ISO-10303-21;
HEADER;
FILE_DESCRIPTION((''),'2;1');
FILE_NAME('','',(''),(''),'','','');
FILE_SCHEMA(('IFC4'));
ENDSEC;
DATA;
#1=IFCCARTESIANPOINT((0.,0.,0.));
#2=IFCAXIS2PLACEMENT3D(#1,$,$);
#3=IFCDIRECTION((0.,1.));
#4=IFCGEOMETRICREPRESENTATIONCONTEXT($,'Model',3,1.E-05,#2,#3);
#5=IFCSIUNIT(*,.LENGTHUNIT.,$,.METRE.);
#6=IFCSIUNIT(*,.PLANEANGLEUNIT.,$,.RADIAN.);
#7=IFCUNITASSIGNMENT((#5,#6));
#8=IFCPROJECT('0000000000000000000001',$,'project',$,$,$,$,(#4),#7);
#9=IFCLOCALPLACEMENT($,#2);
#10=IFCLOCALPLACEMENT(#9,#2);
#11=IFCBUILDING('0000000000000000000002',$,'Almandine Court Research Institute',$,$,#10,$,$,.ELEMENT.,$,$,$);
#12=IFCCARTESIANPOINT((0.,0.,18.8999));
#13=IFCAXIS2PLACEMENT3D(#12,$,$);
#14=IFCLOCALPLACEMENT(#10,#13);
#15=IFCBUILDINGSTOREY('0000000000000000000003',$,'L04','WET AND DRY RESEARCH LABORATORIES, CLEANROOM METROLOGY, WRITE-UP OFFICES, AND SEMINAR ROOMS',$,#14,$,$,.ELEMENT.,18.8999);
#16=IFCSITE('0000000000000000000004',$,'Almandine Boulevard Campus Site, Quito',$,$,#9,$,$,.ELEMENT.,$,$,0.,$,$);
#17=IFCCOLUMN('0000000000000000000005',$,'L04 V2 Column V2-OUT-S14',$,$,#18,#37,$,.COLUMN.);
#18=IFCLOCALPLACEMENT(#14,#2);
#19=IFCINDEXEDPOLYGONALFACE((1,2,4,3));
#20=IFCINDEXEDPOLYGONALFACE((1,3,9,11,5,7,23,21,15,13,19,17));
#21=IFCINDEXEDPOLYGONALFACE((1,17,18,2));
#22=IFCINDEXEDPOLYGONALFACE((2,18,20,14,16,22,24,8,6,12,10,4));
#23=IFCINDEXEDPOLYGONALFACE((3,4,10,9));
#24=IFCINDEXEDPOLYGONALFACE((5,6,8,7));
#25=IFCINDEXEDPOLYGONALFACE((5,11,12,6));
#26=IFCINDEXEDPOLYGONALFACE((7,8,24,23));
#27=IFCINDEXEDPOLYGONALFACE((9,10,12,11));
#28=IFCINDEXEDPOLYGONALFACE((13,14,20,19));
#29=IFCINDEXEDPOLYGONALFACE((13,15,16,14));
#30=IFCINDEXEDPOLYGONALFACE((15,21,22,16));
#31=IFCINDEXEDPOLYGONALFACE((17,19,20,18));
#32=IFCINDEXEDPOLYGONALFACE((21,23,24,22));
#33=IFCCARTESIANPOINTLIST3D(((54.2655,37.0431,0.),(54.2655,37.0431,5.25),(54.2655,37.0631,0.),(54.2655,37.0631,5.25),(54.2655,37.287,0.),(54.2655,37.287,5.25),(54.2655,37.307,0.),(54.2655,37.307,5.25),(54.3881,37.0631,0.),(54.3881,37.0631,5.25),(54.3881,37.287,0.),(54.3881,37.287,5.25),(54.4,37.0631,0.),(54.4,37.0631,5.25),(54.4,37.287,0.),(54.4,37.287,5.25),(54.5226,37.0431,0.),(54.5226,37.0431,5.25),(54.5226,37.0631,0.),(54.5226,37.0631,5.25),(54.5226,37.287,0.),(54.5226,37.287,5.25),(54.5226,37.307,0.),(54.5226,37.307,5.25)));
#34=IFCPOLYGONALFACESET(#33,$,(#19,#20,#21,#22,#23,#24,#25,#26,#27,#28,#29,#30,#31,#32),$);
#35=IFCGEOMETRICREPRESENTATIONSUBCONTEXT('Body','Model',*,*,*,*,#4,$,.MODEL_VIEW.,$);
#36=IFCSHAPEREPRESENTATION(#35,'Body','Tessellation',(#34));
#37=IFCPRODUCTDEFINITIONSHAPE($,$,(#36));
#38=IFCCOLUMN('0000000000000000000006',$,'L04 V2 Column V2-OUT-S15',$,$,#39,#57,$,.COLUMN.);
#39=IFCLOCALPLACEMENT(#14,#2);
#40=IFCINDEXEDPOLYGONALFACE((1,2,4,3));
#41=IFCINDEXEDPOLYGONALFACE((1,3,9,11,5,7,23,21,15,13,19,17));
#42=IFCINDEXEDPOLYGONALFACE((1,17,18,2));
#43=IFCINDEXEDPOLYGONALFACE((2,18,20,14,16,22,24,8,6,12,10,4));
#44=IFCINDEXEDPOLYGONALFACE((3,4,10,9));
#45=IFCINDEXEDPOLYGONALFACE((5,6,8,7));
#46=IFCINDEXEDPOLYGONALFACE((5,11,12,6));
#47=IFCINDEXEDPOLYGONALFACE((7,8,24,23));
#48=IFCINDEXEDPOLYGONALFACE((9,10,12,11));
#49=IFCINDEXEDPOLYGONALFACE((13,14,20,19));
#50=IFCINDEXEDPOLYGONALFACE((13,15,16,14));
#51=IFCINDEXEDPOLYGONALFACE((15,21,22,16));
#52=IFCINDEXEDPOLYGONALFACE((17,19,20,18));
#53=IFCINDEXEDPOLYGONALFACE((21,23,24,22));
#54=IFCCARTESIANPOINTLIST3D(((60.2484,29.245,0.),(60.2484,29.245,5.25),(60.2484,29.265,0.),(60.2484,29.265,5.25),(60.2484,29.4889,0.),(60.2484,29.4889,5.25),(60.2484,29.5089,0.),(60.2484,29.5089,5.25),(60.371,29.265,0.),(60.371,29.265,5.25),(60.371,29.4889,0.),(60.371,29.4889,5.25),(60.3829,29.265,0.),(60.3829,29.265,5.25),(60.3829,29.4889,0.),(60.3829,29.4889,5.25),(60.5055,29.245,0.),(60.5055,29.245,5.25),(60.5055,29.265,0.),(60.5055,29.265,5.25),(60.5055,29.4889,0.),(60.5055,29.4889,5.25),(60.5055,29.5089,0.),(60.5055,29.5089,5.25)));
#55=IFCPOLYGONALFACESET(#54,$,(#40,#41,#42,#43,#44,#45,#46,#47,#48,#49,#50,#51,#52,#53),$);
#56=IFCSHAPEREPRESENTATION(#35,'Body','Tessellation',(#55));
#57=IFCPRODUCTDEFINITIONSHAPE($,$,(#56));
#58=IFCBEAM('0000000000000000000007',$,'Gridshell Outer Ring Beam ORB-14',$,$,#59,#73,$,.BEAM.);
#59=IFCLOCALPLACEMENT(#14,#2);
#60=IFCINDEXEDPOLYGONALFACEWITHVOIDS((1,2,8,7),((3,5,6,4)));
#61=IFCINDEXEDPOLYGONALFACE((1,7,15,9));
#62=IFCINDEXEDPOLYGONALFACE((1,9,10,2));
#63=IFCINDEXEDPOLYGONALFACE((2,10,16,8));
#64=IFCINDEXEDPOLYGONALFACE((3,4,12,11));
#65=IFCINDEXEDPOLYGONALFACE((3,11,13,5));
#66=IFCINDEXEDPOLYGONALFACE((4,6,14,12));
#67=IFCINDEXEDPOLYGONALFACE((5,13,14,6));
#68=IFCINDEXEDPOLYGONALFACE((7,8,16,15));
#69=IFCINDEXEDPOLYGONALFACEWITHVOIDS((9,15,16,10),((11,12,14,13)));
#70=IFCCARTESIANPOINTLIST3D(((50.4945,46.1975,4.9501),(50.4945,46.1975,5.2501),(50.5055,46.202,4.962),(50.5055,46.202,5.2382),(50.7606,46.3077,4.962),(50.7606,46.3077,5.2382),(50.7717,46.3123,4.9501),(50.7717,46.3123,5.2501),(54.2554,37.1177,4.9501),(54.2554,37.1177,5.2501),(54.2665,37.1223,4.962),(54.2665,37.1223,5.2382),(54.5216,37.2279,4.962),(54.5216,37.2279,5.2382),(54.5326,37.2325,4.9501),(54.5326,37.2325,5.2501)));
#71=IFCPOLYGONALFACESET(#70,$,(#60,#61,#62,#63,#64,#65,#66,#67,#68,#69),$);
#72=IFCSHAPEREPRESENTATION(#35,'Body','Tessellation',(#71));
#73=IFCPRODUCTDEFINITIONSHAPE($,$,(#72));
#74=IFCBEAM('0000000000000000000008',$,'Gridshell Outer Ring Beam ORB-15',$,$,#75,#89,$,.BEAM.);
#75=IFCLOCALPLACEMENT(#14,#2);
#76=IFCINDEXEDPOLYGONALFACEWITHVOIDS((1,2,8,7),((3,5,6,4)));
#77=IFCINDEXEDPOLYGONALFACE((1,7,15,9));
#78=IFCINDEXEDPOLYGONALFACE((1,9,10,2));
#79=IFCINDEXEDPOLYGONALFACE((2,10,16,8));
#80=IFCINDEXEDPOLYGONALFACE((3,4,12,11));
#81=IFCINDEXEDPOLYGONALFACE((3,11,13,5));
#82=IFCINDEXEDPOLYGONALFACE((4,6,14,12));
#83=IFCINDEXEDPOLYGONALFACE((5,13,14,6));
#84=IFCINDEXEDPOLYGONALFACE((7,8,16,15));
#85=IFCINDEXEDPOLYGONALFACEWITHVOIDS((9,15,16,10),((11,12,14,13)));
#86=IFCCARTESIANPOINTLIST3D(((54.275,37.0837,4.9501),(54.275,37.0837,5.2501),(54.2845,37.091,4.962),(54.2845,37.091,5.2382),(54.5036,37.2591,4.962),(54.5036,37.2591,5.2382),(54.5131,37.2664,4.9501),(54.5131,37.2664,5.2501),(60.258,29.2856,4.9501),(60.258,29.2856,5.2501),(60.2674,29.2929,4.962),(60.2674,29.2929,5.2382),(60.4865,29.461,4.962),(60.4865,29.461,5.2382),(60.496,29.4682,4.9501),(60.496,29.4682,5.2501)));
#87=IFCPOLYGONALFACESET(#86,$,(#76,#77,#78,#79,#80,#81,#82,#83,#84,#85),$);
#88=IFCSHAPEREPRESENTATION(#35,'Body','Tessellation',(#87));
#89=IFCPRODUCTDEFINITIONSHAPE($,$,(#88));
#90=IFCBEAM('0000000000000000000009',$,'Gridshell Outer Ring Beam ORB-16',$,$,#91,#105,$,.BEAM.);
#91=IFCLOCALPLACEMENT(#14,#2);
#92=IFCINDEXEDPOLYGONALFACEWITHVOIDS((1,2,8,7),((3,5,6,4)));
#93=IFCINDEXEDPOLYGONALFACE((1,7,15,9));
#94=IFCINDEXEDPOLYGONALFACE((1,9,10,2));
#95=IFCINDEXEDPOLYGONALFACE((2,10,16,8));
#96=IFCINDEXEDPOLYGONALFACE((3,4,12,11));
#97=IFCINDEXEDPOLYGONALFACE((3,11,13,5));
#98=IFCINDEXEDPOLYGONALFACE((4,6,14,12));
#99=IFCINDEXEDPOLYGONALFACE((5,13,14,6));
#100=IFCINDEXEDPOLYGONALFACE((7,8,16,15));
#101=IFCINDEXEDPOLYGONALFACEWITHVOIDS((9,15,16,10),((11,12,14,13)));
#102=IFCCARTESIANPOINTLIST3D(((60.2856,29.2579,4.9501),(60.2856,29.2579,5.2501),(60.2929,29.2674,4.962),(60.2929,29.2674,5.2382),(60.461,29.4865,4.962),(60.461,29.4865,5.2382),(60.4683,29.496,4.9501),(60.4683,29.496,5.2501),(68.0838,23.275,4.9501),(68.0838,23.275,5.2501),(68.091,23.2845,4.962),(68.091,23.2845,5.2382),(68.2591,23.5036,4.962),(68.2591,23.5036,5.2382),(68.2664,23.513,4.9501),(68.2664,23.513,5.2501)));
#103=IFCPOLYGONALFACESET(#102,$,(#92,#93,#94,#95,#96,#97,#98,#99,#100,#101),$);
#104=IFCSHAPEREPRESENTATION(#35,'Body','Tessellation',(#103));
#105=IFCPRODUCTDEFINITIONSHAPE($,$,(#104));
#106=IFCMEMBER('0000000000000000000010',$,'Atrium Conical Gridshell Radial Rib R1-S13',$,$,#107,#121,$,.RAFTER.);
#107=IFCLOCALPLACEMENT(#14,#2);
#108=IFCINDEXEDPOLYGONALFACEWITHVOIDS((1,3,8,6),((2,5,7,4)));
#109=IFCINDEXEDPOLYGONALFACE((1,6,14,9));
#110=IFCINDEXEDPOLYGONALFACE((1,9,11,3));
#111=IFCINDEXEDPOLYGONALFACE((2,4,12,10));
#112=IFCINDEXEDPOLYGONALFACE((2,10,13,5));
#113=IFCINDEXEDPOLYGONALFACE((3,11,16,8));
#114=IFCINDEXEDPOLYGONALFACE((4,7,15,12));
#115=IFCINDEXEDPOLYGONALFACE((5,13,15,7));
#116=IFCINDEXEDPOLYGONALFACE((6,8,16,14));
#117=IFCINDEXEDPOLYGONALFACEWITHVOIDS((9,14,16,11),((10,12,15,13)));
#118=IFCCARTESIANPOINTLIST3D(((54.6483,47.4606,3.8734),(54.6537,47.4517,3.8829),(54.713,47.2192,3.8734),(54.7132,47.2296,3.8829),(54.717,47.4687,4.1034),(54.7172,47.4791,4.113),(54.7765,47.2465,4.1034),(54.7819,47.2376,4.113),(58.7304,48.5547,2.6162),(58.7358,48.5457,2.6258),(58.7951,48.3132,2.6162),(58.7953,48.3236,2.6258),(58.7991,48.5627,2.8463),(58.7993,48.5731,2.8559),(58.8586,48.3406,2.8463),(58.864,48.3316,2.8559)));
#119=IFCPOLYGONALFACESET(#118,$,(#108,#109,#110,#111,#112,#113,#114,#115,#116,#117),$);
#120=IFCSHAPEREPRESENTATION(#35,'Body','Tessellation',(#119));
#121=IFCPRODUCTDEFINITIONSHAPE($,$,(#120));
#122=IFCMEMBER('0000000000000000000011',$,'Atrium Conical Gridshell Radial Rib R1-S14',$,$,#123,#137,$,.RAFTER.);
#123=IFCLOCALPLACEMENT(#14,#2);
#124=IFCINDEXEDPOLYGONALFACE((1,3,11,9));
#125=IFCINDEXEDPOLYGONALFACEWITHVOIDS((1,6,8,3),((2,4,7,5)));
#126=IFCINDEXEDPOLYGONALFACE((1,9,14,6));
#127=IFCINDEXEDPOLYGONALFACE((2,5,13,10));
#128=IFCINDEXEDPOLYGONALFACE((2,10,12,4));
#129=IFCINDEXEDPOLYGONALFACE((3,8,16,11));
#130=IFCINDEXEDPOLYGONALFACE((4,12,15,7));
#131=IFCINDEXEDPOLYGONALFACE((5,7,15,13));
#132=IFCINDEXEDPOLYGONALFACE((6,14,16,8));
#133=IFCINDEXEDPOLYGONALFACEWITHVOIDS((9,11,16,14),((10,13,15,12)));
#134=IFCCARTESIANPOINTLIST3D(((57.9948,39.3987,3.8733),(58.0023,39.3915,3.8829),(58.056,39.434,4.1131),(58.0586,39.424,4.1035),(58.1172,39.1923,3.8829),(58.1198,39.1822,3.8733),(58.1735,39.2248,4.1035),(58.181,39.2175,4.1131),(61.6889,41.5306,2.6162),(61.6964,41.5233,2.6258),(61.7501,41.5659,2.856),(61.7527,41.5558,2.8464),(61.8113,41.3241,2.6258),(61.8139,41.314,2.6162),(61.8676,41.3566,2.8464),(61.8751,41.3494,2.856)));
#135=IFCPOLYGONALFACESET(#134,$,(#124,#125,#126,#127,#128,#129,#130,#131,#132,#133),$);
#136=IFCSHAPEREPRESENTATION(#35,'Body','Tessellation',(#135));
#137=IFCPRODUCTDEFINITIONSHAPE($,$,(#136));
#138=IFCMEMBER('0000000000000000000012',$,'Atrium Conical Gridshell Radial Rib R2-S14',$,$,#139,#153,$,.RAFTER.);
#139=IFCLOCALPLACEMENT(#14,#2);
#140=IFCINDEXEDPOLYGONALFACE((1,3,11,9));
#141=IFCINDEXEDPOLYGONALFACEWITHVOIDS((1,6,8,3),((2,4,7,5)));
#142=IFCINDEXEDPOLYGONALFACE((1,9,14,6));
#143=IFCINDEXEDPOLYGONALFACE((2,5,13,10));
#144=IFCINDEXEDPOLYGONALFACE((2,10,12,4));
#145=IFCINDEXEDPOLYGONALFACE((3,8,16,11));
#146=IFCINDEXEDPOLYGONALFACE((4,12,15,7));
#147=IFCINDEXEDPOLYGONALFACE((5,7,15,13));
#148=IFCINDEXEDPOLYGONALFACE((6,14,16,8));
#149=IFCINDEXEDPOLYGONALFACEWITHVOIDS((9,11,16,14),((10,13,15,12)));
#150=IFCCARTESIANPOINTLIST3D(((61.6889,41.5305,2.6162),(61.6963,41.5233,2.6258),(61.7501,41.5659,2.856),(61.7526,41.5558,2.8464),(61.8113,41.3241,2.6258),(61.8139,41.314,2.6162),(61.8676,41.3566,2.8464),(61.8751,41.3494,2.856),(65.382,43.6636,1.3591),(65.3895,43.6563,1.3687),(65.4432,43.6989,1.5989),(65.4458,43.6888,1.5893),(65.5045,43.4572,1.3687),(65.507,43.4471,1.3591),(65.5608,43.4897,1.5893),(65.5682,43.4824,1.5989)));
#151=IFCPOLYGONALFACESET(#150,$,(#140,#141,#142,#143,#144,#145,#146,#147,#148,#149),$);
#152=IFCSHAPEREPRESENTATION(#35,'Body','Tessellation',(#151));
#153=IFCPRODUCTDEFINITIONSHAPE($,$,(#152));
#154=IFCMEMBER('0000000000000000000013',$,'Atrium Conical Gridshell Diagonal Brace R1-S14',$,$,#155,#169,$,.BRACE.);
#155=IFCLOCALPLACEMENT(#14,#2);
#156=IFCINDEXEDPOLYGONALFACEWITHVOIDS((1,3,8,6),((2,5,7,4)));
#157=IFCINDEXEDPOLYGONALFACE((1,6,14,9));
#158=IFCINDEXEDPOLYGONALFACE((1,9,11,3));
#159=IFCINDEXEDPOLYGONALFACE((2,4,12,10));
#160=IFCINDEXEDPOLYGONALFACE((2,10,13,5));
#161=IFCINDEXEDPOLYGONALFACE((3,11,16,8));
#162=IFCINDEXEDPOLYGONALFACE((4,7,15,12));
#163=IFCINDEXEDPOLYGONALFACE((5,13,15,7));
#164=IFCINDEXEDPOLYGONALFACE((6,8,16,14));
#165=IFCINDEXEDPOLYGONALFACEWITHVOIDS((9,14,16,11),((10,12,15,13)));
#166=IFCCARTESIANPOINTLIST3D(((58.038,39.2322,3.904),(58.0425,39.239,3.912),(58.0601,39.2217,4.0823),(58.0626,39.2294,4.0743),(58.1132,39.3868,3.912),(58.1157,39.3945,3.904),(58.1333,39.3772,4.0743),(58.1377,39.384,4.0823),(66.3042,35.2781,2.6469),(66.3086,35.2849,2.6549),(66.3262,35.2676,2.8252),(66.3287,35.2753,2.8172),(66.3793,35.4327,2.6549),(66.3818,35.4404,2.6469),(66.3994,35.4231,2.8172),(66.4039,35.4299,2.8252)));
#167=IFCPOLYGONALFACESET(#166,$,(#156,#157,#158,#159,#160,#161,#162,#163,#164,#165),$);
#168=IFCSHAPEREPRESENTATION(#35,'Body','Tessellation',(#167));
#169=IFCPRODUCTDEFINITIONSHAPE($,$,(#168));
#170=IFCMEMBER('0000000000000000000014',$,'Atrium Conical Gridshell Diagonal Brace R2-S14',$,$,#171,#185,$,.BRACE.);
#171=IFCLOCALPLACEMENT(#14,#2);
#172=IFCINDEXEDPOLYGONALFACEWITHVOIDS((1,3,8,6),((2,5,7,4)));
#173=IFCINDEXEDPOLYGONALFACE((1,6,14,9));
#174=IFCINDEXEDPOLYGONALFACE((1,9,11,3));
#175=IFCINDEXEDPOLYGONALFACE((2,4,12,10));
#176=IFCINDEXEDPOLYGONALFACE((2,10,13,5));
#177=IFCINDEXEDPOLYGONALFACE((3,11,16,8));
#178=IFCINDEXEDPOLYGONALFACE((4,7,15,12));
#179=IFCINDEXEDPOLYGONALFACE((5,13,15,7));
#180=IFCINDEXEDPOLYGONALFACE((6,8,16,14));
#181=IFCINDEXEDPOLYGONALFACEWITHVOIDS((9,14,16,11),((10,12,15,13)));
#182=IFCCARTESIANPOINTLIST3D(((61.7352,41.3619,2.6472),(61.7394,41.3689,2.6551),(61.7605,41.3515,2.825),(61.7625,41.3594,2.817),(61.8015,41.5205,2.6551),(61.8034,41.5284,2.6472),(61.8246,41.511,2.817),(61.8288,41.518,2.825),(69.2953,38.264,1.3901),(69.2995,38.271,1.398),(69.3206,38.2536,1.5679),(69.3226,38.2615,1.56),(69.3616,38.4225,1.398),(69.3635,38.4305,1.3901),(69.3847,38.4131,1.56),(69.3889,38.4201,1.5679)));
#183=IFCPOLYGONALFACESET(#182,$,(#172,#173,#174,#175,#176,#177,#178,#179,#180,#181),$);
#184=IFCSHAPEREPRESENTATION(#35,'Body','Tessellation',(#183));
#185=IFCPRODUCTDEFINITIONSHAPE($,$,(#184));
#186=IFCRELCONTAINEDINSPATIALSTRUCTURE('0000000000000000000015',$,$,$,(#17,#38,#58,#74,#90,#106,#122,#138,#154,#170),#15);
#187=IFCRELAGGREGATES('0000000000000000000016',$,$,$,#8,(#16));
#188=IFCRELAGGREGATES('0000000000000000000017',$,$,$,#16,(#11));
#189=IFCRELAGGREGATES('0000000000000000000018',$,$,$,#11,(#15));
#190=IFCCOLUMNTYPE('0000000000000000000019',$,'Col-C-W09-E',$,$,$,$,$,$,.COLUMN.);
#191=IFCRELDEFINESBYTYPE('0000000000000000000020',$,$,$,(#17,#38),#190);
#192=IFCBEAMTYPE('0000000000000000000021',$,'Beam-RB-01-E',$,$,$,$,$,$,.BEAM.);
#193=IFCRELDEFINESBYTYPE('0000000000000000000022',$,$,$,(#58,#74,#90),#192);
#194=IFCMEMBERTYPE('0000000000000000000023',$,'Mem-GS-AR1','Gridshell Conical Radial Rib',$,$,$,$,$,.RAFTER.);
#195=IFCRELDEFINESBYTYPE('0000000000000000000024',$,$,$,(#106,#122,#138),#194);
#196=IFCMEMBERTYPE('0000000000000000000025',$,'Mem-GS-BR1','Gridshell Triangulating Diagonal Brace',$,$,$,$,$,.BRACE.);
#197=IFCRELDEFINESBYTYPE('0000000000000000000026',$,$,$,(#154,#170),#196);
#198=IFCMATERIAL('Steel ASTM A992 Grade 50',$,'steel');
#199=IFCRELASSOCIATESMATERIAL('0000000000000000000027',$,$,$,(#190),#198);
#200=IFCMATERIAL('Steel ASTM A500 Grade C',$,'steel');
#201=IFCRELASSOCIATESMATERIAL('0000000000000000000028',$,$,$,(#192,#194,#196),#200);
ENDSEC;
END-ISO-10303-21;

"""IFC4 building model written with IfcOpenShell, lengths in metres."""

from ifc_helpers import new_model, si_unit, direction, frame, origin, origin_2d, place, context, subcontext, project, spatial, hollow_rectangle, i_section, extrude, material, material_profile, profile_set, type_object, element, save


model = new_model("IFC4")

# Units and contexts
model_context = context("Model", 3, precision=1e-05, world=origin(), true_north=direction((0.0, 1.0)))
body_context = subcontext(model_context, "Body", "Model", "MODEL_VIEW")
ifc_project = project(units=[si_unit("LENGTHUNIT", "METRE"), si_unit("PLANEANGLEUNIT", "RADIAN")], contexts=[model_context])

# Site, building, storey
site_placement = place(None, origin())
site = spatial("IfcSite", under=ifc_project, at=site_placement, Name="Almandine Boulevard Campus Site, Quito", CompositionType="ELEMENT", RefElevation=0.0)
building_placement = place(site_placement, origin())
building = spatial("IfcBuilding", under=site, at=building_placement, Name="Almandine Court Research Institute", CompositionType="ELEMENT")
storey_placement = place(building_placement, frame((0.0, 0.0, 18.8999)))
storey = spatial("IfcBuildingStorey", under=building, at=storey_placement, Name="L04", Description="WET AND DRY RESEARCH LABORATORIES, CLEANROOM METROLOGY, WRITE-UP OFFICES, AND SEMINAR ROOMS", CompositionType="ELEMENT", Elevation=18.8999)

# Columns
ifc_material_1 = material(Name="Steel ASTM A992 Grade 50", Category="steel")
ifc_material_profile_1 = material_profile(ifc_material_1, i_section(OverallWidth=0.2571, OverallDepth=0.2639, WebThickness=0.012, FlangeThickness=0.02, at=origin_2d()), Name="W250x101")
ifc_profile_set_1 = profile_set([ifc_material_profile_1], Name="Steel ASTM A992 Grade 50")
column_type = type_object("IfcColumnType", Name="Col-C-W09-E", PredefinedType="COLUMN", material=ifc_profile_set_1)
for number, where, z_axis, x_axis, name in (
    (1, (54.394, 37.175, 0.0), (0.0, 0.0, 1.0), (1.0, 0.0, 0.0), "L04 V2 Column V2-OUT-S14"),
    (2, (60.377, 29.377, 0.0), (0.0, 0.0, 1.0), (1.0, 0.0, 0.0), "L04 V2 Column V2-OUT-S15"),
):
    element("IfcColumn", number, at=place(storey_placement, frame(where, z_axis=z_axis, x_axis=x_axis)), inside=storey, type_object=column_type, Name=name, PredefinedType="COLUMN", context=body_context, shape_type="SweptSolid", body=[
        extrude(i_section(OverallWidth=0.2571, OverallDepth=0.2639, WebThickness=0.012, FlangeThickness=0.02, at=origin_2d()), origin(), (0.0, 0.0, 1.0), 5.25),
    ])

# Beams
ifc_material_2 = material(Name="Steel ASTM A500 Grade C", Category="steel")
ifc_material_profile_2 = material_profile(ifc_material_2, hollow_rectangle(XDim=0.3, YDim=0.3, WallThickness=0.012, at=origin_2d()), Name="HSS 300x300x12")
ifc_profile_set_2 = profile_set([ifc_material_profile_2], Name="Steel ASTM A500 Grade C")
beam_type = type_object("IfcBeamType", Name="Beam-RB-01-E", PredefinedType="BEAM", material=ifc_profile_set_2)
beam_placement = place(storey_placement, frame((50.6331, 46.2549, 5.1001), z_axis=(0.382683, -0.92388, 0.0), x_axis=(0.92388, 0.382683, 0.0)))
element("IfcBeam", 3, at=beam_placement, inside=storey, type_object=beam_type, Name="Gridshell Outer Ring Beam ORB-14", PredefinedType="BEAM", context=body_context, shape_type="SweptSolid", body=[
    extrude(hollow_rectangle(XDim=0.3, YDim=0.3, WallThickness=0.012, at=origin_2d()), origin(), (0.0, 0.0, 1.0), 9.8279),
])
for number, where, z_axis, x_axis, name in (
    (4, (54.394, 37.175, 5.1001), (0.608712, -0.793392, 0.0), (0.793392, 0.608712, 0.0), "Gridshell Outer Ring Beam ORB-15"),
    (5, (60.377, 29.377, 5.1001), (0.793392, -0.608712, 0.0), (0.608712, 0.793392, 0.0), "Gridshell Outer Ring Beam ORB-16"),
):
    element("IfcBeam", number, at=place(storey_placement, frame(where, z_axis=z_axis, x_axis=x_axis)), inside=storey, type_object=beam_type, Name=name, PredefinedType="BEAM", context=body_context, shape_type="SweptSolid", body=[
        extrude(hollow_rectangle(XDim=0.3, YDim=0.3, WallThickness=0.012, at=origin_2d()), origin(), (0.0, 0.0, 1.0), 9.8289),
    ])

# Members
ifc_material_profile_3 = material_profile(ifc_material_2, hollow_rectangle(XDim=0.25, YDim=0.25, WallThickness=0.01, at=origin_2d()), Name="HSS 250x250x10")
ifc_profile_set_3 = profile_set([ifc_material_profile_3], Name="Steel ASTM A500 Grade C")
member_type_1 = type_object("IfcMemberType", Name="Mem-GS-AR1", Description="Gridshell Conical Radial Rib", PredefinedType="RAFTER", material=ifc_profile_set_3)
member_1_placement = place(storey_placement, frame((54.7151, 47.3491, 3.9932), z_axis=(0.925822, 0.248123, -0.285111), x_axis=(-0.258867, 0.965913, 0.0)))
element("IfcMember", 6, at=member_1_placement, inside=storey, type_object=member_type_1, Name="Atrium Conical Gridshell Radial Rib R1-S13", PredefinedType="RAFTER", context=body_context, shape_type="SweptSolid", body=[
    extrude(hollow_rectangle(XDim=0.25, YDim=0.25, WallThickness=0.01, at=origin_2d()), origin(), (0.0, 0.0, 1.0), 4.4092),
])
member_2_placement = place(storey_placement, frame((58.0879, 39.3081, 3.9932), z_axis=(0.830788, 0.479442, -0.282713), x_axis=(-0.499833, 0.866122, 0.0)))
element("IfcMember", 7, at=member_2_placement, inside=storey, type_object=member_type_1, Name="Atrium Conical Gridshell Radial Rib R1-S14", PredefinedType="RAFTER", context=body_context, shape_type="SweptSolid", body=[
    extrude(hollow_rectangle(XDim=0.25, YDim=0.25, WallThickness=0.01, at=origin_2d()), origin(), (0.0, 0.0, 1.0), 4.4465),
])
member_3_placement = place(storey_placement, frame((61.782, 41.4399, 2.7361), z_axis=(0.830611, 0.479741, -0.282727), x_axis=(-0.500147, 0.865941, 0.0)))
element("IfcMember", 8, at=member_3_placement, inside=storey, type_object=member_type_1, Name="Atrium Conical Gridshell Radial Rib R2-S14", PredefinedType="RAFTER", context=body_context, shape_type="SweptSolid", body=[
    extrude(hollow_rectangle(XDim=0.25, YDim=0.25, WallThickness=0.01, at=origin_2d()), origin(), (0.0, 0.0, 1.0), 4.4463),
])
ifc_material_profile_4 = material_profile(ifc_material_2, hollow_rectangle(XDim=0.1799, YDim=0.1799, WallThickness=0.0081, at=origin_2d()), Name="HSS 180x180x8")
ifc_profile_set_4 = profile_set([ifc_material_profile_4], Name="Steel ASTM A500 Grade C")
member_type_2 = type_object("IfcMemberType", Name="Mem-GS-BR1", Description="Gridshell Triangulating Diagonal Brace", PredefinedType="BRACE", material=ifc_profile_set_4)
member_4_placement = place(storey_placement, frame((58.0879, 39.3081, 3.9932), z_axis=(0.893732, -0.427517, -0.135915), x_axis=(0.431521, 0.902103, 0.0)))
element("IfcMember", 9, at=member_4_placement, inside=storey, type_object=member_type_2, Name="Atrium Conical Gridshell Diagonal Brace R1-S14", PredefinedType="BRACE", context=body_context, shape_type="SweptSolid", body=[
    extrude(hollow_rectangle(XDim=0.1799, YDim=0.1799, WallThickness=0.0081, at=origin_2d()), origin(), (0.0, 0.0, 1.0), 9.249),
])
member_5_placement = place(storey_placement, frame((61.782, 41.4399, 2.7361), z_axis=(0.914564, -0.374763, -0.152073), x_axis=(0.379173, 0.925326, 0.0)))
element("IfcMember", 10, at=member_5_placement, inside=storey, type_object=member_type_2, Name="Atrium Conical Gridshell Diagonal Brace R2-S14", PredefinedType="BRACE", context=body_context, shape_type="SweptSolid", body=[
    extrude(hollow_rectangle(XDim=0.1799, YDim=0.1799, WallThickness=0.0081, at=origin_2d()), origin(), (0.0, 0.0, 1.0), 8.2664),
])

save(model, "model.ifc")
